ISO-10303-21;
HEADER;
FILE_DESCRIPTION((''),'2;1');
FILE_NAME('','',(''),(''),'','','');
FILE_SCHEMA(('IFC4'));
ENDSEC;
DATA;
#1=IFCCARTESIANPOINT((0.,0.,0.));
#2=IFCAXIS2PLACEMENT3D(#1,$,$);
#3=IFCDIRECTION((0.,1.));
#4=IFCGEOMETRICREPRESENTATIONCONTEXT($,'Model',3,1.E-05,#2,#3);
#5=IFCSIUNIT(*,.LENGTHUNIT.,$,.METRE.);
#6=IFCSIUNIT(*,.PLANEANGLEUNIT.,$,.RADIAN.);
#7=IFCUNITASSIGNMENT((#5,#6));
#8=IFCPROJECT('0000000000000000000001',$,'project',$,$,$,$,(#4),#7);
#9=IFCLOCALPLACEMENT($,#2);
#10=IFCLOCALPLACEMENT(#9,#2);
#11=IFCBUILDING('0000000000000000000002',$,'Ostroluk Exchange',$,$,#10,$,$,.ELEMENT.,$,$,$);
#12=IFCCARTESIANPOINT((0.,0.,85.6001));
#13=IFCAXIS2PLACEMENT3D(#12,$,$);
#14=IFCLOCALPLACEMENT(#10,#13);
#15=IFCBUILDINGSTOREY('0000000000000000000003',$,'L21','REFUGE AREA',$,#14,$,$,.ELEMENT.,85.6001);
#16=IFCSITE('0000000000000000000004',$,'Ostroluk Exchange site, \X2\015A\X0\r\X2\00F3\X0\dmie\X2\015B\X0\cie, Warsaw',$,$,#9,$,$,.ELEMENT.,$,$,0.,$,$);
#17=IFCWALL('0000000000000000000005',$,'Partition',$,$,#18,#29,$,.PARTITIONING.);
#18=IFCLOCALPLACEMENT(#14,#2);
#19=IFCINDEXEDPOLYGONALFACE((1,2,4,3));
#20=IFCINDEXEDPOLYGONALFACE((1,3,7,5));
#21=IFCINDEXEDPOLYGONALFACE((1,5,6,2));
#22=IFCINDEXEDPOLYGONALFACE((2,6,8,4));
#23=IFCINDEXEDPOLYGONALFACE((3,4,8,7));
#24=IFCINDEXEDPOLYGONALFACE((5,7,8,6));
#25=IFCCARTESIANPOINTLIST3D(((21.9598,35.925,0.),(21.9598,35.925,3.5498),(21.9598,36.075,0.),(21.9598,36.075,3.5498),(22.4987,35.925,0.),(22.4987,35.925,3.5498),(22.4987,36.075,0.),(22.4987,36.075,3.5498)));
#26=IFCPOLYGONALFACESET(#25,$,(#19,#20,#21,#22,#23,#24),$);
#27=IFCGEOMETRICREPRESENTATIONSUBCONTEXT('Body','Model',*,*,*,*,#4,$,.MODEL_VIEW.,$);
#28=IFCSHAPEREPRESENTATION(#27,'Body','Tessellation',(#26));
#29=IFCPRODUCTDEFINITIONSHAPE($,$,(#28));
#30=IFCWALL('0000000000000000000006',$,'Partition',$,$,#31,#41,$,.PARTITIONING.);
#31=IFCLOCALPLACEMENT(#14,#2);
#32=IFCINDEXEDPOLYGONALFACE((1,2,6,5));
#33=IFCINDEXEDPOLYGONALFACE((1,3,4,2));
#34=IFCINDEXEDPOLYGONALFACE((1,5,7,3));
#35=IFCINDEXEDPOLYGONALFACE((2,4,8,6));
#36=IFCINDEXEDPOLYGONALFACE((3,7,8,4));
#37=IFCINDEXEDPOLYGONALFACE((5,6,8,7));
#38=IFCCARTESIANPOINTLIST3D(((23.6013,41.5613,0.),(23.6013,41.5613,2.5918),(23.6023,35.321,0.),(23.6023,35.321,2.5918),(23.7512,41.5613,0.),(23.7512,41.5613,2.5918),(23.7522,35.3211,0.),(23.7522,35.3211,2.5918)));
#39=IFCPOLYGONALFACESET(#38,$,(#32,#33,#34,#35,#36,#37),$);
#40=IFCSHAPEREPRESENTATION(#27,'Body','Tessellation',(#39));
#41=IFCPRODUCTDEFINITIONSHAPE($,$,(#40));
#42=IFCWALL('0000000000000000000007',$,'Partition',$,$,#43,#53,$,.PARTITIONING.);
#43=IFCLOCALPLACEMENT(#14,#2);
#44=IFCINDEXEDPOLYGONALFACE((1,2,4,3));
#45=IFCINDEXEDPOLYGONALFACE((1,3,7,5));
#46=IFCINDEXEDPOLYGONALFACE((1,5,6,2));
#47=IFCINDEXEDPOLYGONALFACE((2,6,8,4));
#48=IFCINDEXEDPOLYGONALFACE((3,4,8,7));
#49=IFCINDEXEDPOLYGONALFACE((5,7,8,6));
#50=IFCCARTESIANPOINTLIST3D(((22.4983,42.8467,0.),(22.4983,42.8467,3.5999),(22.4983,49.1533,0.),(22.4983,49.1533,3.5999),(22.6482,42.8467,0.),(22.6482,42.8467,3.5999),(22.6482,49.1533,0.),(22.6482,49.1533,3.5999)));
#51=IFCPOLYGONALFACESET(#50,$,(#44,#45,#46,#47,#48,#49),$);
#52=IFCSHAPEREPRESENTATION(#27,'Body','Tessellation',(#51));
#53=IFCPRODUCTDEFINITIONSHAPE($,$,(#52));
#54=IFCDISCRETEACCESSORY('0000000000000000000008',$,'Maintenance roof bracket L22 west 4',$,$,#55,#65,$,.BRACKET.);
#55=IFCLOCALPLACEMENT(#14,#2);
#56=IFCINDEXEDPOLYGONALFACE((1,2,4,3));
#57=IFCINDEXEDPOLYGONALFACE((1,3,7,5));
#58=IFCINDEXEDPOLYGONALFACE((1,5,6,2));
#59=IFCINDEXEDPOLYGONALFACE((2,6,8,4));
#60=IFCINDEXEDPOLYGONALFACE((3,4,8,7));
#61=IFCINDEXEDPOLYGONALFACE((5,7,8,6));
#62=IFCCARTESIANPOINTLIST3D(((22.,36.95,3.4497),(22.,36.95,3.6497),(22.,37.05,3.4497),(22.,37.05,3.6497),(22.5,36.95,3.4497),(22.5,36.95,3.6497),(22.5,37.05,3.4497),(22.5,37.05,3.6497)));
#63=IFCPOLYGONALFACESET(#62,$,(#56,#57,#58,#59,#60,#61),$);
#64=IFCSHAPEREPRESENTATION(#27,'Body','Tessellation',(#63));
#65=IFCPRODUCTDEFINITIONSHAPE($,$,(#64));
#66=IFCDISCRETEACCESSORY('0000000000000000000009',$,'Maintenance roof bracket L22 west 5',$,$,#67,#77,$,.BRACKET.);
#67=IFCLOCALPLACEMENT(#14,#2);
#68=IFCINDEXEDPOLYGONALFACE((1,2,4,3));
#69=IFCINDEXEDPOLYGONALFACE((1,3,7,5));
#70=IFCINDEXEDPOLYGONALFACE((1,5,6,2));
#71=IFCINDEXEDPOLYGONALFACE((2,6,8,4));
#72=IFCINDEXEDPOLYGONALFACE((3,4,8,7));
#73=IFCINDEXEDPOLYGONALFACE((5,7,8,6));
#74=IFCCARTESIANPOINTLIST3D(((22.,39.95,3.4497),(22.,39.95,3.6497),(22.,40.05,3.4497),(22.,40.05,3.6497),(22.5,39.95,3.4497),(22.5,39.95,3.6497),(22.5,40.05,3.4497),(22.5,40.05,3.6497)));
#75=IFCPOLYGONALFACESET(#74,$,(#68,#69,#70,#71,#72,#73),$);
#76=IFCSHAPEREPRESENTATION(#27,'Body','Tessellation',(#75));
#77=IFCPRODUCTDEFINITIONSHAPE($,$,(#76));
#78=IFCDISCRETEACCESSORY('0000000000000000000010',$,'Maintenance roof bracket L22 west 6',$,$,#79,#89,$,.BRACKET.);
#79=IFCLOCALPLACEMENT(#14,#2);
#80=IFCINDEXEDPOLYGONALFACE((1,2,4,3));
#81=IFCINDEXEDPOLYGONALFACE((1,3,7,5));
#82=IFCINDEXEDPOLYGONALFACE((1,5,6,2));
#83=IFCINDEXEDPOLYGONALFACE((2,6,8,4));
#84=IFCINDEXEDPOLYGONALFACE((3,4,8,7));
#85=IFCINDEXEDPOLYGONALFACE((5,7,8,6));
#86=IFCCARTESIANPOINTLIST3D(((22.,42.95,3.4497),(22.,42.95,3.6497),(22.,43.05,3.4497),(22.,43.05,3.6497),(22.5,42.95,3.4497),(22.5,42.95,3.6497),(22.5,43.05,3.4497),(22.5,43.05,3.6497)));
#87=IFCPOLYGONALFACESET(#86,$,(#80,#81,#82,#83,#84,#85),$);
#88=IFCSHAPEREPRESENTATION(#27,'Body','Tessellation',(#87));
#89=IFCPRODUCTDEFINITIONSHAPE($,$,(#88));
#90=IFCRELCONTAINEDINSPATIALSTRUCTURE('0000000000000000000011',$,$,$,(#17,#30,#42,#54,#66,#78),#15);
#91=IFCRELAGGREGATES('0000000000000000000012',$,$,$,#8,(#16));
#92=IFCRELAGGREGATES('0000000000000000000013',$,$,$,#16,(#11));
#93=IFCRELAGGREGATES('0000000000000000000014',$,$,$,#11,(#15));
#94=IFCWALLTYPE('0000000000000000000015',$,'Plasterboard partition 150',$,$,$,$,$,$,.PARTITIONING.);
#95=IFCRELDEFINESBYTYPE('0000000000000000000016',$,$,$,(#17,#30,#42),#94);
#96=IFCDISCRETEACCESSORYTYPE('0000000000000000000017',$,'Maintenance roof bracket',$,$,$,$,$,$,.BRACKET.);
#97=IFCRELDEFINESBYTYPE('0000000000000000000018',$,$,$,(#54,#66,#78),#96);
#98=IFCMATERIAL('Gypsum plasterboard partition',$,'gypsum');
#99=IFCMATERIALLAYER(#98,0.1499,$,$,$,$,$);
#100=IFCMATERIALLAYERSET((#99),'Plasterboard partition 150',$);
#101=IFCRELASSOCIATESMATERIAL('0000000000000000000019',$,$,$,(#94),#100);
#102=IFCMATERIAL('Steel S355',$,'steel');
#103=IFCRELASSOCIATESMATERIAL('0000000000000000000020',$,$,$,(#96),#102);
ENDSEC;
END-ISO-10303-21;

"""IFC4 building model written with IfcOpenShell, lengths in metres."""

from ifc_helpers import new_model, si_unit, direction, frame, frame_2d, origin, origin_2d, place, context, subcontext, project, spatial, rectangle, extrude, material, layer, layer_set, type_object, element, save


model = new_model("IFC4")

# Units and contexts
model_context = context("Model", 3, precision=1e-05, world=origin(), true_north=direction((0.0, 1.0)))
body_context = subcontext(model_context, "Body", "Model", "MODEL_VIEW")
ifc_project = project(units=[si_unit("LENGTHUNIT", "METRE"), si_unit("PLANEANGLEUNIT", "RADIAN")], contexts=[model_context])

# Site, building, storey
site_placement = place(None, origin())
site = spatial("IfcSite", under=ifc_project, at=site_placement, Name="Ostroluk Exchange site, Śródmieście, Warsaw", CompositionType="ELEMENT", RefElevation=0.0)
building_placement = place(site_placement, origin())
building = spatial("IfcBuilding", under=site, at=building_placement, Name="Ostroluk Exchange", CompositionType="ELEMENT")
storey_placement = place(building_placement, frame((0.0, 0.0, 85.6001)))
storey = spatial("IfcBuildingStorey", under=building, at=storey_placement, Name="L21", Description="REFUGE AREA", CompositionType="ELEMENT", Elevation=85.6001)

# Walls
ifc_material_1 = material(Name="Gypsum plasterboard partition", Category="gypsum")
ifc_layer_1 = layer(ifc_material_1, 0.1499)
ifc_layer_set_1 = layer_set([ifc_layer_1], Name="Plasterboard partition 150")
wall_type_1 = type_object("IfcWallType", Name="Plasterboard partition 150", PredefinedType="PARTITIONING", material=ifc_layer_set_1)
wall_1_placement = place(storey_placement, frame((22.4988, 36.0, 0.0), z_axis=(0.0, 0.0, 1.0), x_axis=(-1.0, 0.0, 0.0)))
element("IfcWall", 1, at=wall_1_placement, inside=storey, type_object=wall_type_1, Name="Partition", PredefinedType="PARTITIONING", context=body_context, shape_type="SweptSolid", body=[
    extrude(rectangle(XDim=0.5388, YDim=0.1499, at=frame_2d((0.2695, 0.0))), origin(), (0.0, 0.0, 1.0), 3.5498),
])
wall_2_placement = place(storey_placement, frame((23.6763, 41.5613, 0.0), z_axis=(0.0, 0.0, 1.0), x_axis=(0.000156, -1.0, 0.0)))
element("IfcWall", 2, at=wall_2_placement, inside=storey, type_object=wall_type_1, Name="Partition", PredefinedType="PARTITIONING", context=body_context, shape_type="SweptSolid", body=[
    extrude(rectangle(XDim=6.2402, YDim=0.1499, at=frame_2d((3.1201, 0.0))), origin(), (0.0, 0.0, 1.0), 2.5918),
])
wall_3_placement = place(storey_placement, frame((22.5732, 42.8467, 0.0), z_axis=(0.0, 0.0, 1.0), x_axis=(0.0, 1.0, 0.0)))
element("IfcWall", 3, at=wall_3_placement, inside=storey, type_object=wall_type_1, Name="Partition", PredefinedType="PARTITIONING", context=body_context, shape_type="SweptSolid", body=[
    extrude(rectangle(XDim=6.3066, YDim=0.1499, at=frame_2d((3.1533, 0.0))), origin(), (0.0, 0.0, 1.0), 3.5999),
])

# Discrete accessories
ifc_material_2 = material(Name="Steel S355", Category="steel")
discrete_accessory_type = type_object("IfcDiscreteAccessoryType", Name="Maintenance roof bracket", PredefinedType="BRACKET", material=ifc_material_2)
for number, where, z_axis, x_axis, name in (
    (4, (22.25, 37.0, 3.4497), (0.0, 0.0, 1.0), (1.0, 0.0, 0.0), "Maintenance roof bracket L22 west 4"),
    (5, (22.25, 40.0, 3.4497), (0.0, 0.0, 1.0), (1.0, 0.0, 0.0), "Maintenance roof bracket L22 west 5"),
    (6, (22.25, 43.0, 3.4497), (0.0, 0.0, 1.0), (1.0, 0.0, 0.0), "Maintenance roof bracket L22 west 6"),
):
    element("IfcDiscreteAccessory", number, at=place(storey_placement, frame(where, z_axis=z_axis, x_axis=x_axis)), inside=storey, type_object=discrete_accessory_type, Name=name, PredefinedType="BRACKET", context=body_context, shape_type="SweptSolid", body=[
        extrude(rectangle(XDim=0.5, YDim=0.1001, at=origin_2d()), origin(), (0.0, 0.0, 1.0), 0.2),
    ])

save(model, "model.ifc")
